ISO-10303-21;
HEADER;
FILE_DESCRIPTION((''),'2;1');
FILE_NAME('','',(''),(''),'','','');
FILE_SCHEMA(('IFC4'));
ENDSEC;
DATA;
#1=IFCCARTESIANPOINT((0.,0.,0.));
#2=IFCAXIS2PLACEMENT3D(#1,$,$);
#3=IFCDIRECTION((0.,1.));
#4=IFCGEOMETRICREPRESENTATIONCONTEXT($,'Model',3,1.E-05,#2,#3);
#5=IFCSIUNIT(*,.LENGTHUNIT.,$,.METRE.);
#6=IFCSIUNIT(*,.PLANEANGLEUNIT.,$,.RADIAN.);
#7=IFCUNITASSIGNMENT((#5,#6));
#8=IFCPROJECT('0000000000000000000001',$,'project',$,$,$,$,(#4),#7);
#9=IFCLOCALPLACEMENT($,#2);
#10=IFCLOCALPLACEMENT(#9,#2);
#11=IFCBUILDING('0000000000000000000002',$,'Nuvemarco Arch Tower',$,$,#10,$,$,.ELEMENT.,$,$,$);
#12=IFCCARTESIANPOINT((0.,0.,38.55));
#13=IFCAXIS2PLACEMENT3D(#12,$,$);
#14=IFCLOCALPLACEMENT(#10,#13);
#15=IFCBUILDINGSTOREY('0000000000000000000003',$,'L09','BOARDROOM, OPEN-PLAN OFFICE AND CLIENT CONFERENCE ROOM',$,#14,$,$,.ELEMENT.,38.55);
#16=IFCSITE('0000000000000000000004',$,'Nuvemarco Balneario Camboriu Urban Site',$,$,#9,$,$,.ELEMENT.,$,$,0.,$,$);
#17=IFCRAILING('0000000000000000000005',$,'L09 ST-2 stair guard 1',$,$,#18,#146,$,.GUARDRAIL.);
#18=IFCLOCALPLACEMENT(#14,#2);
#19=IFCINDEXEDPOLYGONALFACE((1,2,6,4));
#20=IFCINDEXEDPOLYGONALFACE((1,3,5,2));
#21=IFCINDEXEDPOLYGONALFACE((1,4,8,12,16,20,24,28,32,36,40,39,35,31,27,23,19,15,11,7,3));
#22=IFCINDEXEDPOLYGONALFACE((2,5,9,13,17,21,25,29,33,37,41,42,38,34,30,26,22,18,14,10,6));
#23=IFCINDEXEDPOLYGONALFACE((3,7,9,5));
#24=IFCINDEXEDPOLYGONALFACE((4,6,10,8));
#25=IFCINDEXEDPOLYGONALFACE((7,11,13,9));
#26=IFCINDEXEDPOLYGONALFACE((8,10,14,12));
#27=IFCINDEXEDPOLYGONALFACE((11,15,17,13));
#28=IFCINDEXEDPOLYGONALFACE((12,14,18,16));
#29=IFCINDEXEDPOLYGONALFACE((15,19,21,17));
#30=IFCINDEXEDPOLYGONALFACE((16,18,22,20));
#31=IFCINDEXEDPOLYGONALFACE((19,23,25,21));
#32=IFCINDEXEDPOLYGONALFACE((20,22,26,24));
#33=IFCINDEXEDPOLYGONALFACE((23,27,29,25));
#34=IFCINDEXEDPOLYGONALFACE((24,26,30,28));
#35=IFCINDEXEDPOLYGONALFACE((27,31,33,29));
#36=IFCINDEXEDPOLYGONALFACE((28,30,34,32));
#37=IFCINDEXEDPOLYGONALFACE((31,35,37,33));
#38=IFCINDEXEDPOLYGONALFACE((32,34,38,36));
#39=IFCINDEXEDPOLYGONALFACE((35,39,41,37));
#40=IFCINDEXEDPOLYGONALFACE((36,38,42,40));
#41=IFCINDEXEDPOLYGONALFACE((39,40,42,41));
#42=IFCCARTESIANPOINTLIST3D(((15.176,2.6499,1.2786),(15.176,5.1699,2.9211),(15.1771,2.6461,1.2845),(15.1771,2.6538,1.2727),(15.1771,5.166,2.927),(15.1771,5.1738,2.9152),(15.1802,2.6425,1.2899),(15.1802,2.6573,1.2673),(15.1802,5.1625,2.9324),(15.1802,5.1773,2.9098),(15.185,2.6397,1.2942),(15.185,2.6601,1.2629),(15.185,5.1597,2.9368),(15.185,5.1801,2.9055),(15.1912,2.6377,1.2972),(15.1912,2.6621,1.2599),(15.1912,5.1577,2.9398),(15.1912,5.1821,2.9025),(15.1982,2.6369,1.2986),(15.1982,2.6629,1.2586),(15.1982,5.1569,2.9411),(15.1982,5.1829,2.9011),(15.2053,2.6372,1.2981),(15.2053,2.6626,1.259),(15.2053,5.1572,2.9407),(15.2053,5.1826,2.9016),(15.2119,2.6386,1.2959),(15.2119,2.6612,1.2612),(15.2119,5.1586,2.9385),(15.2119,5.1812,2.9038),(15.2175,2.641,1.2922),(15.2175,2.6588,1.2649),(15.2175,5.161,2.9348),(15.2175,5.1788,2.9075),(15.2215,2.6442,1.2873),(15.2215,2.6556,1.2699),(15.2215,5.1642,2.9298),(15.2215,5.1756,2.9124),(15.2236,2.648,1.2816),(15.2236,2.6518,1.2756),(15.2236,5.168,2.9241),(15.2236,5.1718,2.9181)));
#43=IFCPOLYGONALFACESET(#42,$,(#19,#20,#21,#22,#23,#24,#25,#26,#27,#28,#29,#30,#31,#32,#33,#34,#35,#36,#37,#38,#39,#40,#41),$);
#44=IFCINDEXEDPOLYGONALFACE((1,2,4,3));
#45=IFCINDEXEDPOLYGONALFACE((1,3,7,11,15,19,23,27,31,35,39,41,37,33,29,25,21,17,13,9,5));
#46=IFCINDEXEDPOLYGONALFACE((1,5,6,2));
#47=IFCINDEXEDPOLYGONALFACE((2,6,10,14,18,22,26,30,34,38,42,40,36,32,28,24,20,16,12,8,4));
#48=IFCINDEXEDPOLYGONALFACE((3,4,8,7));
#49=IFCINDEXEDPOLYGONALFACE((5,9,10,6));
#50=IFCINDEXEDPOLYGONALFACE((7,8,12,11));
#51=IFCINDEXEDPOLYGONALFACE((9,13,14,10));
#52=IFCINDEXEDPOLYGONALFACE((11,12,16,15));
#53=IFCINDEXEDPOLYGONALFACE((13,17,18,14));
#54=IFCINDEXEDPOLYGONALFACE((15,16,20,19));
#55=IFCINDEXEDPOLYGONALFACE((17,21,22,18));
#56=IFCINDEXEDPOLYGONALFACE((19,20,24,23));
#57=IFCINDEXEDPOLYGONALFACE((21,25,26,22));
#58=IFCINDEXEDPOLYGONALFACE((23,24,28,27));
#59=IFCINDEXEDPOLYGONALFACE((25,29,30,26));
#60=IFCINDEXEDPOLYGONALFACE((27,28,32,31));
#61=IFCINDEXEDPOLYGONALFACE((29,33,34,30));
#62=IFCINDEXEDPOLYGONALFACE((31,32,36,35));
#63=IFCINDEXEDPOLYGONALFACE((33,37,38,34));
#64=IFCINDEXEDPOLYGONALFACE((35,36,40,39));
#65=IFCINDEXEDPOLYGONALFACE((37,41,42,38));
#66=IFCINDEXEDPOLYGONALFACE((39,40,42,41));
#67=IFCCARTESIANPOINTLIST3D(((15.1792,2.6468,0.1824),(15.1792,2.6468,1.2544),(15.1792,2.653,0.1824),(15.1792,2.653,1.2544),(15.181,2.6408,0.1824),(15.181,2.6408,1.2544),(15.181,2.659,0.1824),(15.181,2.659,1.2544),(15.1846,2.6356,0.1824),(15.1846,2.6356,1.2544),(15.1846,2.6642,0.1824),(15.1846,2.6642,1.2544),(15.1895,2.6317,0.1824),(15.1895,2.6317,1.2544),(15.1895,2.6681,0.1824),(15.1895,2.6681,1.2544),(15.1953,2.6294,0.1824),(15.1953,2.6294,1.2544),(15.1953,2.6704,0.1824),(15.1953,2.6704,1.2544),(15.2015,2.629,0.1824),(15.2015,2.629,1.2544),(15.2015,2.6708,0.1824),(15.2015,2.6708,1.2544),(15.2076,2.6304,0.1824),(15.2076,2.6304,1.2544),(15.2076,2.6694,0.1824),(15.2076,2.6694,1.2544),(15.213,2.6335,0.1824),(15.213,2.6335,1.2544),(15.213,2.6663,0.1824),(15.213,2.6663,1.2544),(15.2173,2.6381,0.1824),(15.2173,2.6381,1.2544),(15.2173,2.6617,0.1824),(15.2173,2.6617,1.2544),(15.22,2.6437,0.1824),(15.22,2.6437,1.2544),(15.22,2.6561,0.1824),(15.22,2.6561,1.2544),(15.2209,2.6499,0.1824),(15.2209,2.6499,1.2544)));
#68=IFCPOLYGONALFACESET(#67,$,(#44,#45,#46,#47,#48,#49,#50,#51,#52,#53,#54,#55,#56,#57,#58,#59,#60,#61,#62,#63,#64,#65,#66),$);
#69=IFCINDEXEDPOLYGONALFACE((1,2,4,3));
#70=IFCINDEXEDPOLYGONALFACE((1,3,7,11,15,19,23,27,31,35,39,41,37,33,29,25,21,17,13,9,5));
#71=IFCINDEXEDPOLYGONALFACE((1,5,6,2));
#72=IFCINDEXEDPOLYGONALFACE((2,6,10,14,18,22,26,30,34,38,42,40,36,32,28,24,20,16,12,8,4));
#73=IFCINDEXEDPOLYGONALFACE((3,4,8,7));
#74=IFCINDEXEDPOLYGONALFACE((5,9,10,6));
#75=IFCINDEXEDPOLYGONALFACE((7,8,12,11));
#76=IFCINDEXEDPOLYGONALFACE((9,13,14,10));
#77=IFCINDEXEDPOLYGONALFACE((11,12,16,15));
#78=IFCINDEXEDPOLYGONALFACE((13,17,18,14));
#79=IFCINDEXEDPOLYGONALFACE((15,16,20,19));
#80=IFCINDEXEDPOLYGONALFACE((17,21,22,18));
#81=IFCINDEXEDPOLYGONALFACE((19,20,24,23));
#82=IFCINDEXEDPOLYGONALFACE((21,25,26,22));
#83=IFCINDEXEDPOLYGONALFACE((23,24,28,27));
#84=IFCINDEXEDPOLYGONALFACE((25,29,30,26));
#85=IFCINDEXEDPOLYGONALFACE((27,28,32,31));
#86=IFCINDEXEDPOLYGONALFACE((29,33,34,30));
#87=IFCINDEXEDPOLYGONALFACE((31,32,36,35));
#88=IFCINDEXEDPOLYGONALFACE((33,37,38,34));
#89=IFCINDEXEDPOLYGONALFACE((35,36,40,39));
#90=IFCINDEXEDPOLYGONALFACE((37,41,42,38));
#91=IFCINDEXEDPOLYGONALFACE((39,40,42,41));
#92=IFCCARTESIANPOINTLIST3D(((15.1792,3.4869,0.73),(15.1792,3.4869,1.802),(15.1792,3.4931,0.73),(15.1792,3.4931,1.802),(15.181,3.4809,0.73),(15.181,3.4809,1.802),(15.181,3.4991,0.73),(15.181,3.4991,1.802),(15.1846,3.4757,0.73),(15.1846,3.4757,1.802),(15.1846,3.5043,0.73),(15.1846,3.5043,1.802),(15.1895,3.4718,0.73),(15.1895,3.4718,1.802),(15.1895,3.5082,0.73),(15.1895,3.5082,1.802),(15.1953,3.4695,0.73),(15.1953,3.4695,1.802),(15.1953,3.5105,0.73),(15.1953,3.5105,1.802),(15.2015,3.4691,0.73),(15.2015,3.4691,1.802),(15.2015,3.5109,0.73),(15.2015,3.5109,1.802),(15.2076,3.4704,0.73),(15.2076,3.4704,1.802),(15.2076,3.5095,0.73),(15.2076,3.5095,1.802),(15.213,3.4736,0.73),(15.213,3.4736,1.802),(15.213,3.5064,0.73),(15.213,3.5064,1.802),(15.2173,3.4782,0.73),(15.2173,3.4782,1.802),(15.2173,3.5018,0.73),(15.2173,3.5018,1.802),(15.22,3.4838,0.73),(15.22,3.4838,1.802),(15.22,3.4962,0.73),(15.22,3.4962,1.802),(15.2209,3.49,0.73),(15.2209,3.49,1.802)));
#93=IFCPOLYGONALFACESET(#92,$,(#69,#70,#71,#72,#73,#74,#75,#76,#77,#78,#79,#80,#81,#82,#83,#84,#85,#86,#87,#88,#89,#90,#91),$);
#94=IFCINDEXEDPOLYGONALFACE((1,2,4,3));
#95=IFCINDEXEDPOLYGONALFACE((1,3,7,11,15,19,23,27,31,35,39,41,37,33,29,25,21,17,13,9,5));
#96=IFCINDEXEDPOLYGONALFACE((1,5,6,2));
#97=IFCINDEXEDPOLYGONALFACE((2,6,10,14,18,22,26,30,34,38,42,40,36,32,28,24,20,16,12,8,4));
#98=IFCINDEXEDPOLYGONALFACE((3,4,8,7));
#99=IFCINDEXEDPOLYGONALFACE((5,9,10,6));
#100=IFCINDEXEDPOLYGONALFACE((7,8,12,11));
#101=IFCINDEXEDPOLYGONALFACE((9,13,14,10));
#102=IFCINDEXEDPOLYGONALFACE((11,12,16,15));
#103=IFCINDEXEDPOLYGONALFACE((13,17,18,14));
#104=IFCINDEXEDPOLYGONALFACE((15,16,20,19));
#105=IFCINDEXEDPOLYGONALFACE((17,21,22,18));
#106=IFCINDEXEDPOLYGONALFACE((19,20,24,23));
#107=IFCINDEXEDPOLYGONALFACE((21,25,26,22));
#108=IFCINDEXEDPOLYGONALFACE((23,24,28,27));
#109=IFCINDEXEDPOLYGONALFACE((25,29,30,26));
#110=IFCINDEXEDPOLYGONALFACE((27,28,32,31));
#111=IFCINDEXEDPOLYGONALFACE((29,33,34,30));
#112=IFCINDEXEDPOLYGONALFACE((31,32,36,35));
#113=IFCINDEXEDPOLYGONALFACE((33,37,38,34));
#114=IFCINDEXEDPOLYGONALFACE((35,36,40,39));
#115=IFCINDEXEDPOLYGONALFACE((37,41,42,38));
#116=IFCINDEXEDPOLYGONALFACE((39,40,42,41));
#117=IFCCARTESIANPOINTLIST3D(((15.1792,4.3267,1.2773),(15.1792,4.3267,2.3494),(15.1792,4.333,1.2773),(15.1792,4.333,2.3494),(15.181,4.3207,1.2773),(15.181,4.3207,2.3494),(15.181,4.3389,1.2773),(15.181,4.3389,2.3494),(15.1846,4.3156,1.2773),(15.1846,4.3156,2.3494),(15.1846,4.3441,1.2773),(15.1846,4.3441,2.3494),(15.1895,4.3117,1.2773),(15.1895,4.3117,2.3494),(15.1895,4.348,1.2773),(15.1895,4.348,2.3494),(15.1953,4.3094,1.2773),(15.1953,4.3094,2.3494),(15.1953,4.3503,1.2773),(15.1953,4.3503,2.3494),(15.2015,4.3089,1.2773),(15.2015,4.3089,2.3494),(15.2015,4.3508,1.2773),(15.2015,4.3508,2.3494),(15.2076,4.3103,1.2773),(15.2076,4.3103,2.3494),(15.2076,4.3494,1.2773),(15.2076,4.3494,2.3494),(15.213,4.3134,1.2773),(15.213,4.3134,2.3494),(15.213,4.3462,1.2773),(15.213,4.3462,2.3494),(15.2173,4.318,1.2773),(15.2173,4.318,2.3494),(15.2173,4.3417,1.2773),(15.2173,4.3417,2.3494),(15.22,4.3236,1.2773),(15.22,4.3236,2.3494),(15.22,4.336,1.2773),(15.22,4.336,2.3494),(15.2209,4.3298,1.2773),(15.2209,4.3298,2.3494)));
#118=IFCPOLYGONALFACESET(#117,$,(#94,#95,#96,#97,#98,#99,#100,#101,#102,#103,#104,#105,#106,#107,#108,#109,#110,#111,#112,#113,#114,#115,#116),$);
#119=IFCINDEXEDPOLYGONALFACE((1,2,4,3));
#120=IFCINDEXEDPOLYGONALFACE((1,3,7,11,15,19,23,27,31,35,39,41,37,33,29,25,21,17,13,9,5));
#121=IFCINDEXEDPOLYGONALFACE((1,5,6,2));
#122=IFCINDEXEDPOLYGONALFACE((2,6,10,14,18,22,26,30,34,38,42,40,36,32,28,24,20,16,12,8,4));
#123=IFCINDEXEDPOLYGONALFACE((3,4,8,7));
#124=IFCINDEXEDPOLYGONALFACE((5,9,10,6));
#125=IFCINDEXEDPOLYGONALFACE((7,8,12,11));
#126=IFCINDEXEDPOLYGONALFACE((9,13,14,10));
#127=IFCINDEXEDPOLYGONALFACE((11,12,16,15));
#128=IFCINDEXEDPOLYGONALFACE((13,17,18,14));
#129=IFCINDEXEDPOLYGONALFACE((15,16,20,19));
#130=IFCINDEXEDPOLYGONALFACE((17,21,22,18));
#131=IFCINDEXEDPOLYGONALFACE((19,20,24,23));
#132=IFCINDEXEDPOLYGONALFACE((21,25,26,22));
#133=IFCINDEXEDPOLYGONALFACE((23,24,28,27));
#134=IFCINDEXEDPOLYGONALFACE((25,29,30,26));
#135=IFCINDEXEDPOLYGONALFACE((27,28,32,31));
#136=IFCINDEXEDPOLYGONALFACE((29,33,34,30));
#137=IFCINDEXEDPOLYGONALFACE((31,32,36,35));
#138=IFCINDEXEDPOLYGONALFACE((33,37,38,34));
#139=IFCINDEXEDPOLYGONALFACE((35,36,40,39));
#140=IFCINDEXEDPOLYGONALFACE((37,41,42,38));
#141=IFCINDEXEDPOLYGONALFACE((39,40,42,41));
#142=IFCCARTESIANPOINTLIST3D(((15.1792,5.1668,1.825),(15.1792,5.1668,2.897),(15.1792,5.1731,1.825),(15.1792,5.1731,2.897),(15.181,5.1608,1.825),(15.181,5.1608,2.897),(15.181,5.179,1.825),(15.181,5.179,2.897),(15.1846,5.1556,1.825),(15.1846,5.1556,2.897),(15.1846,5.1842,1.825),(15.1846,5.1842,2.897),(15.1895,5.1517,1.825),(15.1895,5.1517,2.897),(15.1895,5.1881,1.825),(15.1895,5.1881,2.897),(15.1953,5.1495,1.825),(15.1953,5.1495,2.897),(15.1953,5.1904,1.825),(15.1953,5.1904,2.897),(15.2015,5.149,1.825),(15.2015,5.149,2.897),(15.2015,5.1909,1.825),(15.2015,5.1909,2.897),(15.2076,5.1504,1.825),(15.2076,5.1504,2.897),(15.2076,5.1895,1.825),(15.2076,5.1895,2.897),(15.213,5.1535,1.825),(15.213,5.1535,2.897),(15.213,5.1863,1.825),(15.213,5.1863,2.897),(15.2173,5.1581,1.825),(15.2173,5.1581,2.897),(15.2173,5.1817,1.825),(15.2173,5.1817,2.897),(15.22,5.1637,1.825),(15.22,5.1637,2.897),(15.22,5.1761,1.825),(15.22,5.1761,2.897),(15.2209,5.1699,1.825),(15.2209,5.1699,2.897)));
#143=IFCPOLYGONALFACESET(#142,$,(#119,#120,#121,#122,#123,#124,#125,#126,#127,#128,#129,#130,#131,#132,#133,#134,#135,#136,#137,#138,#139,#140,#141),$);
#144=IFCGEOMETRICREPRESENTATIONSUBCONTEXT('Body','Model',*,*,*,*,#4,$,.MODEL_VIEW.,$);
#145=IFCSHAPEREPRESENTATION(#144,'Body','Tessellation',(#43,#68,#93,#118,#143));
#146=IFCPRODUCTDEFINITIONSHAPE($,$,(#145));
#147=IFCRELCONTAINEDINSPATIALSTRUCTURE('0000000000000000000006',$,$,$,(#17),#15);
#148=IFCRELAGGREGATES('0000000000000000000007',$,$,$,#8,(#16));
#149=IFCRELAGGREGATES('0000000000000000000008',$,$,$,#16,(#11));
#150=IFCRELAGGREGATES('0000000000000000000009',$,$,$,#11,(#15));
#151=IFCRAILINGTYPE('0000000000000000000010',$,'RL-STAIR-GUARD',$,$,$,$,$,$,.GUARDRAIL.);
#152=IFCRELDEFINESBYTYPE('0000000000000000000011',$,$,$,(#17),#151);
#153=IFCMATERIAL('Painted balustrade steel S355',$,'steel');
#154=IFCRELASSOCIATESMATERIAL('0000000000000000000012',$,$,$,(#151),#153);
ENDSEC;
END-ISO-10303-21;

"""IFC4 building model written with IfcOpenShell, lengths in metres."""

from ifc_helpers import new_model, si_unit, direction, frame, origin, origin_2d, place, context, subcontext, project, spatial, circle, extrude, material, type_object, element, save


model = new_model("IFC4")

# Units and contexts
model_context = context("Model", 3, precision=1e-05, world=origin(), true_north=direction((0.0, 1.0)))
body_context = subcontext(model_context, "Body", "Model", "MODEL_VIEW")
ifc_project = project(units=[si_unit("LENGTHUNIT", "METRE"), si_unit("PLANEANGLEUNIT", "RADIAN")], contexts=[model_context])

# Site, building, storey
site_placement = place(None, origin())
site = spatial("IfcSite", under=ifc_project, at=site_placement, Name="Nuvemarco Balneario Camboriu Urban Site", CompositionType="ELEMENT", RefElevation=0.0)
building_placement = place(site_placement, origin())
building = spatial("IfcBuilding", under=site, at=building_placement, Name="Nuvemarco Arch Tower", CompositionType="ELEMENT")
storey_placement = place(building_placement, frame((0.0, 0.0, 38.55)))
storey = spatial("IfcBuildingStorey", under=building, at=storey_placement, Name="L09", Description="BOARDROOM, OPEN-PLAN OFFICE AND CLIENT CONFERENCE ROOM", CompositionType="ELEMENT", Elevation=38.55)

# Railing
ifc_material_1 = material(Name="Painted balustrade steel S355", Category="steel")
railing_type_1 = type_object("IfcRailingType", Name="RL-STAIR-GUARD", PredefinedType="GUARDRAIL", material=ifc_material_1)
railing_1_placement = place(storey_placement, frame((15.2, 2.6499, 0.1824)))
element("IfcRailing", 1, at=railing_1_placement, inside=storey, type_object=railing_type_1, Name="L09 ST-2 stair guard 1", PredefinedType="GUARDRAIL", context=body_context, shape_type="SweptSolid", body=[
    extrude(circle(Radius=0.0239, at=origin_2d()), frame((0.0, 0.0, 1.0962), z_axis=(0.0, 0.837749, 0.546055), x_axis=(-1.0, 0.0, 0.0)), (0.0, 0.0, 1.0), 3.0081),
    extrude(circle(Radius=0.021, at=origin_2d()), origin(), (0.0, 0.0, 1.0), 1.072),
    extrude(circle(Radius=0.021, at=origin_2d()), frame((0.0, 0.8401, 0.5476)), (0.0, 0.0, 1.0), 1.072),
    extrude(circle(Radius=0.021, at=origin_2d()), frame((0.0, 1.6799, 1.095)), (0.0, 0.0, 1.0), 1.072),
    extrude(circle(Radius=0.021, at=origin_2d()), frame((0.0, 2.52, 1.6426)), (0.0, 0.0, 1.0), 1.072),
])

save(model, "model.ifc")
